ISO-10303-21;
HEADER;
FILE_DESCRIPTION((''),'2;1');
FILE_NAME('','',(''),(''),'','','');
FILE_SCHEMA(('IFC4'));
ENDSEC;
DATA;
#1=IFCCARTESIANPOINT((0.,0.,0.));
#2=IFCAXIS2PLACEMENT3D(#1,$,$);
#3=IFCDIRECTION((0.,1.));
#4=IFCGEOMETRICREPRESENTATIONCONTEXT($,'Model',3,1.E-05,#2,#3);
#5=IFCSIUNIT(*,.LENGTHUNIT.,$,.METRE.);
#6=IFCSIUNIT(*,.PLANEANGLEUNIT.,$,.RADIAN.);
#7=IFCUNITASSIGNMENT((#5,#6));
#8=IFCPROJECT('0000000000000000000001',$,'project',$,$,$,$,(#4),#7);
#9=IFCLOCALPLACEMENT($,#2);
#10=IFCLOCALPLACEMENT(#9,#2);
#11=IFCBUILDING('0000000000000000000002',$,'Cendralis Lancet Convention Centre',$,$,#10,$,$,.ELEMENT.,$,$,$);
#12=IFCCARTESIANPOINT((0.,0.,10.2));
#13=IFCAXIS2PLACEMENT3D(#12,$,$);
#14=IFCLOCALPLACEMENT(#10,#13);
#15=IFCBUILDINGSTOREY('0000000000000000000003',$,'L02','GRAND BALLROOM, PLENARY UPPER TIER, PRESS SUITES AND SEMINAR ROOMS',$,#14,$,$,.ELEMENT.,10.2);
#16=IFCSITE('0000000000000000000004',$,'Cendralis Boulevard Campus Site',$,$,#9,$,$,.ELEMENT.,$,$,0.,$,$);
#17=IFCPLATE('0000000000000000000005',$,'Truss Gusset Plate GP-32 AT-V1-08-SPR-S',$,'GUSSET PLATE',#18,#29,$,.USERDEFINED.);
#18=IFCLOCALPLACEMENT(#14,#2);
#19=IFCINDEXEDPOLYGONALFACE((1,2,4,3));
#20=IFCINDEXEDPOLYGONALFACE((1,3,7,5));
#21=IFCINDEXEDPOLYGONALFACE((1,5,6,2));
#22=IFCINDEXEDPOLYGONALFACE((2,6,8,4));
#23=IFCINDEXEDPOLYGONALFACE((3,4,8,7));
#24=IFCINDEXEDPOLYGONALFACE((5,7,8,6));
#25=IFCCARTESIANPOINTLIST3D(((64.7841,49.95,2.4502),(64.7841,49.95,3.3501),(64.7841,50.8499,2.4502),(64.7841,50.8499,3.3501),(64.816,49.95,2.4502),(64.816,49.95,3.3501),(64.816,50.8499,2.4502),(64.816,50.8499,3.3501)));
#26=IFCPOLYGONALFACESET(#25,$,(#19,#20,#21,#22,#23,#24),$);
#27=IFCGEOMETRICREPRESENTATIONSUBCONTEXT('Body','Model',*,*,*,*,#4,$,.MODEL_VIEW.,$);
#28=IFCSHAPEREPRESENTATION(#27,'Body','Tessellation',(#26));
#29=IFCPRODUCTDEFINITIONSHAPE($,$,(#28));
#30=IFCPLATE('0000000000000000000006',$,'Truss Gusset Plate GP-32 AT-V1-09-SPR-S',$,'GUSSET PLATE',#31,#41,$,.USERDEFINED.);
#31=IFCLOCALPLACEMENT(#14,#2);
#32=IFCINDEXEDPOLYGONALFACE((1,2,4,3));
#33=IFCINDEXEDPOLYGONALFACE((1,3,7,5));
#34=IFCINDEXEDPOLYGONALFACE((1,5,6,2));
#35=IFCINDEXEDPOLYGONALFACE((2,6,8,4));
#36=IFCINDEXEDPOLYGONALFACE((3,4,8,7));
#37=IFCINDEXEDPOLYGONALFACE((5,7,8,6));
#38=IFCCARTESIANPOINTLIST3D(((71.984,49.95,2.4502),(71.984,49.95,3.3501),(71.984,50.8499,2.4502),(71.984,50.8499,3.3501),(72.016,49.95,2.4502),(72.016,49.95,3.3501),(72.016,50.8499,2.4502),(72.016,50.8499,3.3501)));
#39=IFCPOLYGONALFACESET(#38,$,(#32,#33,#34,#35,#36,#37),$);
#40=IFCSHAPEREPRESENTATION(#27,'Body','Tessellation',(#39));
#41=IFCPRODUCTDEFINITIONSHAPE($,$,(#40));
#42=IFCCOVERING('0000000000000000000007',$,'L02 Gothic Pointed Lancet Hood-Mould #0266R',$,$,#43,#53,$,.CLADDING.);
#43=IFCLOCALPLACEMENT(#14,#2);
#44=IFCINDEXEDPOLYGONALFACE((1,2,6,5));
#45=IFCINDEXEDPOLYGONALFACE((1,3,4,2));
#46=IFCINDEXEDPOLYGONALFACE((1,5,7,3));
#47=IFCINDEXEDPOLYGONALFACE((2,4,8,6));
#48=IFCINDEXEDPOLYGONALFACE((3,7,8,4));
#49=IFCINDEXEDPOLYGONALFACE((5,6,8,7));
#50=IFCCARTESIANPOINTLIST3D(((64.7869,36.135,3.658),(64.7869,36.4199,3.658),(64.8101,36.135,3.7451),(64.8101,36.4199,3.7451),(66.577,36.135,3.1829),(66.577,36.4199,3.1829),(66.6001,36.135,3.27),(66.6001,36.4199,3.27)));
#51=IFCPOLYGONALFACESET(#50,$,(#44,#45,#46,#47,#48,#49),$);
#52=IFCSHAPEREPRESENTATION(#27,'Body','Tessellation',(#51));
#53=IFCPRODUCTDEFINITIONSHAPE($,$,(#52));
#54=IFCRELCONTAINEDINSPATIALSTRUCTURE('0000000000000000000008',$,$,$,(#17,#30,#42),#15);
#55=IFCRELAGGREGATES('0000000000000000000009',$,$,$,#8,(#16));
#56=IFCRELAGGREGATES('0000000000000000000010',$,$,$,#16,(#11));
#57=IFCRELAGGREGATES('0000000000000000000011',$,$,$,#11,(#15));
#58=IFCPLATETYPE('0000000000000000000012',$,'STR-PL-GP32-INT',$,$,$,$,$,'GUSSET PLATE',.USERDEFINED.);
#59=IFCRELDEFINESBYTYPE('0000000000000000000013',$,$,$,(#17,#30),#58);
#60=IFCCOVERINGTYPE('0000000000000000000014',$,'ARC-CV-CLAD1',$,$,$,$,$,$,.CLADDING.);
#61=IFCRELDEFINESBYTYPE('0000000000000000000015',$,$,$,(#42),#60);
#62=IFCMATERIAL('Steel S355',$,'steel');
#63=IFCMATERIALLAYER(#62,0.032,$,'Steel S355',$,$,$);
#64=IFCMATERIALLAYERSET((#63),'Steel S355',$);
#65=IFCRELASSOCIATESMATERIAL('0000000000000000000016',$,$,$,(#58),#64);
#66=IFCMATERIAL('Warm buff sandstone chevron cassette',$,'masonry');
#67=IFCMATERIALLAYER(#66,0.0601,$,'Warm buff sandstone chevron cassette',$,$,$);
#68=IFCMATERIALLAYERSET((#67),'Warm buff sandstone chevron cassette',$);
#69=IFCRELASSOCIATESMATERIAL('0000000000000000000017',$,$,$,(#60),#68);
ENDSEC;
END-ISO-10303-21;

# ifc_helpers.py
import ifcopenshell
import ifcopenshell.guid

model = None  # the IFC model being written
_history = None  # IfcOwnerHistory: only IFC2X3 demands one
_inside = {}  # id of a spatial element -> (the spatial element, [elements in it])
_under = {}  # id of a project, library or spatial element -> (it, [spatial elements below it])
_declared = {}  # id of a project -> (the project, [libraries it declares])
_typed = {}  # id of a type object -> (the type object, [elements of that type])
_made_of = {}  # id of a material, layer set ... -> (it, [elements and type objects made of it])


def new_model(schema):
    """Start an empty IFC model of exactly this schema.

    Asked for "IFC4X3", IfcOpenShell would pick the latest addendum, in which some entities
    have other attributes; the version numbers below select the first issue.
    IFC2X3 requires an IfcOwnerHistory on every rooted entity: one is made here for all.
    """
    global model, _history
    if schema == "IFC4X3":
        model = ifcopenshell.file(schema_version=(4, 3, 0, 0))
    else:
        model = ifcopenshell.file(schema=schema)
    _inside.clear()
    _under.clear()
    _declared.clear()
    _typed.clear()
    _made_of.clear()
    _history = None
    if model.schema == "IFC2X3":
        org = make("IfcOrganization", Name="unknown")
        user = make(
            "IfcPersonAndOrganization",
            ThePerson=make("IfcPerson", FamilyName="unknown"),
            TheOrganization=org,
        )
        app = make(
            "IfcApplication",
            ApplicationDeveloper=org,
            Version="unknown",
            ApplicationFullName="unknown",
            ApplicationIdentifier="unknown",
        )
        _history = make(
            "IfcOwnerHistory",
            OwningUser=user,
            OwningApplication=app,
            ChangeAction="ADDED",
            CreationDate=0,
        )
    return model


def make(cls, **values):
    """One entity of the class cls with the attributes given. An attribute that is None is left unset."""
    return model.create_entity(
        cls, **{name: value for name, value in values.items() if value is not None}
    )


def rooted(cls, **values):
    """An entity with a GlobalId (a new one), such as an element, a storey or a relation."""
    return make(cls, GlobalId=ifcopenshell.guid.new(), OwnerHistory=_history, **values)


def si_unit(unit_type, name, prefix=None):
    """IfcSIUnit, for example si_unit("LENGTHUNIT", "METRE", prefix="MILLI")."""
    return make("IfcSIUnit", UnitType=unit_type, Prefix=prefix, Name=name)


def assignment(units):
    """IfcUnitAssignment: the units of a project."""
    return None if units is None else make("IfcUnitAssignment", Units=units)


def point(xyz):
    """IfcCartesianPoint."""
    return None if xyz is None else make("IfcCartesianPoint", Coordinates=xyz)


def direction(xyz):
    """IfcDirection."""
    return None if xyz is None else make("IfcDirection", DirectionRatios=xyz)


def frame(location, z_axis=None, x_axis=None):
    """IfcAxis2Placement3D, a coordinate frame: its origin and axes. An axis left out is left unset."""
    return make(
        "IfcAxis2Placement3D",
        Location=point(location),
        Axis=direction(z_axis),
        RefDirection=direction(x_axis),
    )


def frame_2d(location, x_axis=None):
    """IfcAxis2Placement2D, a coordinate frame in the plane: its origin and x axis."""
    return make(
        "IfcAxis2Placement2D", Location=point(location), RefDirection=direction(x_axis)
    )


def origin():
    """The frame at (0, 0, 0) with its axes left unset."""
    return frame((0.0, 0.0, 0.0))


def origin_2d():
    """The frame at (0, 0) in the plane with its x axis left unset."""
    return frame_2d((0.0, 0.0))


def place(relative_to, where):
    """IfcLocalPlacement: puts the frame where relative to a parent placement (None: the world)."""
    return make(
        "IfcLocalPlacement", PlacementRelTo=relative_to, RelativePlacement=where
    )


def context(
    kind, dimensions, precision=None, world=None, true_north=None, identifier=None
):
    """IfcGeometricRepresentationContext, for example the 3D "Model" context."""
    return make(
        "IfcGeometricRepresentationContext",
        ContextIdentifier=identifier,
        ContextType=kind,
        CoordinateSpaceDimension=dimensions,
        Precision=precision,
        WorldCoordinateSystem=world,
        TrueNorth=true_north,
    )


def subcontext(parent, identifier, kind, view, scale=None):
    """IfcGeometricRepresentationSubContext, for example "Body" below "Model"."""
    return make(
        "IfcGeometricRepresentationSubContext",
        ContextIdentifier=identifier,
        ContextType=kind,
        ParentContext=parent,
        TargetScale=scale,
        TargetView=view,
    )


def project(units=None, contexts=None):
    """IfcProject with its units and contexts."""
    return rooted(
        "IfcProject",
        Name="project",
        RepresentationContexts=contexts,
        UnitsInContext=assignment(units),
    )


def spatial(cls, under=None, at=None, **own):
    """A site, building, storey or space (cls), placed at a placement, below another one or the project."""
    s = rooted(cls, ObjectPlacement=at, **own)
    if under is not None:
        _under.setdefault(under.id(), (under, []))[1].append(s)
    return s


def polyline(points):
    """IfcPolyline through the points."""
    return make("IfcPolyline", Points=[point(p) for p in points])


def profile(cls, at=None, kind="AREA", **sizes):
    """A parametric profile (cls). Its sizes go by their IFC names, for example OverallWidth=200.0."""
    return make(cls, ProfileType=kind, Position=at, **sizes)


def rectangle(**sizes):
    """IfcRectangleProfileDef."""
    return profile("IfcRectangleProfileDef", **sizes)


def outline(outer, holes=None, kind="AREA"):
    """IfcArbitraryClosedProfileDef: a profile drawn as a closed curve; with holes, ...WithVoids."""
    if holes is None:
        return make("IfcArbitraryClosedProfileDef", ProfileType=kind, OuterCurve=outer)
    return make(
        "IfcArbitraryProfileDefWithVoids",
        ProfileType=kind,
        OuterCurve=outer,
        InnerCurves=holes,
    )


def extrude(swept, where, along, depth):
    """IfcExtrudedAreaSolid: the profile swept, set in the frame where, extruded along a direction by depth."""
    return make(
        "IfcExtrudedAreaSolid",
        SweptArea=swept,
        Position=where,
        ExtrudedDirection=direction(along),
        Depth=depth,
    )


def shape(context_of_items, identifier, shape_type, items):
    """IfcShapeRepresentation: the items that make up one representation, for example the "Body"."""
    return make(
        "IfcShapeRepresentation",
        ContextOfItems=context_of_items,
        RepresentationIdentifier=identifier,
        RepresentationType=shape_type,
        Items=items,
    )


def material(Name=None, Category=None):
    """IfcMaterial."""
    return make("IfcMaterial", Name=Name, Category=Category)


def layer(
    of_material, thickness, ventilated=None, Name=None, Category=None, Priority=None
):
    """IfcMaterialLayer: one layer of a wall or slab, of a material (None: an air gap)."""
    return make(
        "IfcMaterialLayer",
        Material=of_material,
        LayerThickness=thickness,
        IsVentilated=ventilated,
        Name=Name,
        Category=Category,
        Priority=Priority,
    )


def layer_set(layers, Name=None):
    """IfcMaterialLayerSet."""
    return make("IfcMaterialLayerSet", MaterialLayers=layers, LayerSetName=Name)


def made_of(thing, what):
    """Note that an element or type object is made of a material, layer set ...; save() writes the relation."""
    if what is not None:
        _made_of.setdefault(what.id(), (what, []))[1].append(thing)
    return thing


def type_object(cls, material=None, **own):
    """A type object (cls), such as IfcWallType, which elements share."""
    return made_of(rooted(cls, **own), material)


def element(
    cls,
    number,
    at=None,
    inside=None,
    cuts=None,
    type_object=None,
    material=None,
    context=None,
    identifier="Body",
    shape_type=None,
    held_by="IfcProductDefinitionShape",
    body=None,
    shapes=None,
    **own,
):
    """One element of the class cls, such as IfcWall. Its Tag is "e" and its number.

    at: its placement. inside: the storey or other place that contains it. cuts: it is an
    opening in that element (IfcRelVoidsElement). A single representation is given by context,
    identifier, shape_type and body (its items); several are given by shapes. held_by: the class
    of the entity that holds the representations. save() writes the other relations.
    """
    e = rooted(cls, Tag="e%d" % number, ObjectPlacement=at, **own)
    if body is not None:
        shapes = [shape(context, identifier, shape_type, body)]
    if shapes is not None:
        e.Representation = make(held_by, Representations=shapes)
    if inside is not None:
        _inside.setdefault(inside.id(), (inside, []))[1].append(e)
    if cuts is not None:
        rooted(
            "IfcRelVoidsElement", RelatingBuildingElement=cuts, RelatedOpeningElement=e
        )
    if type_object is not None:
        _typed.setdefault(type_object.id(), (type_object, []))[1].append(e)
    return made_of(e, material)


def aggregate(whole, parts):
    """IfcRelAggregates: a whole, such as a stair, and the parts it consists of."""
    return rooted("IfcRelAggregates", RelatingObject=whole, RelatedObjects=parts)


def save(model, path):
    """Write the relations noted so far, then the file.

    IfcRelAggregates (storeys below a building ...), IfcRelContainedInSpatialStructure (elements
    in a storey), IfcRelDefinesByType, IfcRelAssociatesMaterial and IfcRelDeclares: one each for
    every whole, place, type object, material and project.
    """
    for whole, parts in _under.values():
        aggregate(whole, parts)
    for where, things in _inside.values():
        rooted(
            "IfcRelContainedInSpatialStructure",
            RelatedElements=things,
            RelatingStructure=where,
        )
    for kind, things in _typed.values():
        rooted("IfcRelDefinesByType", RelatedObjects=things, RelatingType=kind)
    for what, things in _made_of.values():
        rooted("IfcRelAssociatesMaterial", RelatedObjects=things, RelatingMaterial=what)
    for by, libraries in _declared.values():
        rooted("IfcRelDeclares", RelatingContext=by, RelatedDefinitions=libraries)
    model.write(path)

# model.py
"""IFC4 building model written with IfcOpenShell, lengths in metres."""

from ifc_helpers import new_model, si_unit, direction, frame, origin, origin_2d, place, context, subcontext, project, spatial, polyline, rectangle, outline, extrude, material, layer, layer_set, type_object, element, save


model = new_model("IFC4")

# Units and contexts
model_context = context("Model", 3, precision=1e-05, world=origin(), true_north=direction((0.0, 1.0)))
body_context = subcontext(model_context, "Body", "Model", "MODEL_VIEW")
ifc_project = project(units=[si_unit("LENGTHUNIT", "METRE"), si_unit("PLANEANGLEUNIT", "RADIAN")], contexts=[model_context])

# Site, building, storey
site_placement = place(None, origin())
site = spatial("IfcSite", under=ifc_project, at=site_placement, Name="Cendralis Boulevard Campus Site", CompositionType="ELEMENT", RefElevation=0.0)
building_placement = place(site_placement, origin())
building = spatial("IfcBuilding", under=site, at=building_placement, Name="Cendralis Lancet Convention Centre", CompositionType="ELEMENT")
storey_placement = place(building_placement, frame((0.0, 0.0, 10.2)))
storey = spatial("IfcBuildingStorey", under=building, at=storey_placement, Name="L02", Description="GRAND BALLROOM, PLENARY UPPER TIER, PRESS SUITES AND SEMINAR ROOMS", CompositionType="ELEMENT", Elevation=10.2)

# Shared definitions
ifc_material_1 = material(Name="Steel S355", Category="steel")

# Plates
ifc_layer_1 = layer(ifc_material_1, 0.032, Name="Steel S355")
ifc_layer_set_1 = layer_set([ifc_layer_1], Name="Steel S355")
plate_type_1 = type_object("IfcPlateType", Name="STR-PL-GP32-INT", ElementType="GUSSET PLATE", PredefinedType="USERDEFINED", material=ifc_layer_set_1)
for number, where, z_axis, x_axis, name in (
    (1, (64.8, 50.3999, 2.4502), (0.0, 0.0, 1.0), (0.0, 1.0, 0.0), "Truss Gusset Plate GP-32 AT-V1-08-SPR-S"),
    (2, (72.0, 50.3999, 2.4502), (0.0, 0.0, 1.0), (0.0, 1.0, 0.0), "Truss Gusset Plate GP-32 AT-V1-09-SPR-S"),
):
    element("IfcPlate", number, at=place(storey_placement, frame(where, z_axis=z_axis, x_axis=x_axis)), inside=storey, type_object=plate_type_1, Name=name, ObjectType="GUSSET PLATE", PredefinedType="USERDEFINED", context=body_context, shape_type="SweptSolid", body=[
        extrude(rectangle(XDim=0.8999, YDim=0.032, at=origin_2d()), origin(), (0.0, 0.0, 1.0), 0.8999),
    ])

# Covering
ifc_material_2 = material(Name="Warm buff sandstone chevron cassette", Category="masonry")
ifc_layer_2 = layer(ifc_material_2, 0.0601, Name="Warm buff sandstone chevron cassette")
ifc_layer_set_2 = layer_set([ifc_layer_2], Name="Warm buff sandstone chevron cassette")
covering_type = type_object("IfcCoveringType", Name="ARC-CV-CLAD1", PredefinedType="CLADDING", material=ifc_layer_set_2)
covering_placement = place(storey_placement, frame((64.8101, 36.4199, 3.7451), z_axis=(0.25653, 0.0, 0.966536), x_axis=(0.0, -1.0, 0.0)))
element("IfcCovering", 3, at=covering_placement, inside=storey, type_object=covering_type, Name="L02 Gothic Pointed Lancet Hood-Mould #0266R", PredefinedType="CLADDING", context=body_context, shape_type="SweptSolid", body=[
    extrude(outline(polyline([(0.0, 0.0), (0.2849, 0.0), (0.2849, 1.852), (0.0, 1.852), (0.0, 0.0)])), origin(), (0.0, 0.0, -1.0), 0.0901),
])

save(model, "model.ifc")
